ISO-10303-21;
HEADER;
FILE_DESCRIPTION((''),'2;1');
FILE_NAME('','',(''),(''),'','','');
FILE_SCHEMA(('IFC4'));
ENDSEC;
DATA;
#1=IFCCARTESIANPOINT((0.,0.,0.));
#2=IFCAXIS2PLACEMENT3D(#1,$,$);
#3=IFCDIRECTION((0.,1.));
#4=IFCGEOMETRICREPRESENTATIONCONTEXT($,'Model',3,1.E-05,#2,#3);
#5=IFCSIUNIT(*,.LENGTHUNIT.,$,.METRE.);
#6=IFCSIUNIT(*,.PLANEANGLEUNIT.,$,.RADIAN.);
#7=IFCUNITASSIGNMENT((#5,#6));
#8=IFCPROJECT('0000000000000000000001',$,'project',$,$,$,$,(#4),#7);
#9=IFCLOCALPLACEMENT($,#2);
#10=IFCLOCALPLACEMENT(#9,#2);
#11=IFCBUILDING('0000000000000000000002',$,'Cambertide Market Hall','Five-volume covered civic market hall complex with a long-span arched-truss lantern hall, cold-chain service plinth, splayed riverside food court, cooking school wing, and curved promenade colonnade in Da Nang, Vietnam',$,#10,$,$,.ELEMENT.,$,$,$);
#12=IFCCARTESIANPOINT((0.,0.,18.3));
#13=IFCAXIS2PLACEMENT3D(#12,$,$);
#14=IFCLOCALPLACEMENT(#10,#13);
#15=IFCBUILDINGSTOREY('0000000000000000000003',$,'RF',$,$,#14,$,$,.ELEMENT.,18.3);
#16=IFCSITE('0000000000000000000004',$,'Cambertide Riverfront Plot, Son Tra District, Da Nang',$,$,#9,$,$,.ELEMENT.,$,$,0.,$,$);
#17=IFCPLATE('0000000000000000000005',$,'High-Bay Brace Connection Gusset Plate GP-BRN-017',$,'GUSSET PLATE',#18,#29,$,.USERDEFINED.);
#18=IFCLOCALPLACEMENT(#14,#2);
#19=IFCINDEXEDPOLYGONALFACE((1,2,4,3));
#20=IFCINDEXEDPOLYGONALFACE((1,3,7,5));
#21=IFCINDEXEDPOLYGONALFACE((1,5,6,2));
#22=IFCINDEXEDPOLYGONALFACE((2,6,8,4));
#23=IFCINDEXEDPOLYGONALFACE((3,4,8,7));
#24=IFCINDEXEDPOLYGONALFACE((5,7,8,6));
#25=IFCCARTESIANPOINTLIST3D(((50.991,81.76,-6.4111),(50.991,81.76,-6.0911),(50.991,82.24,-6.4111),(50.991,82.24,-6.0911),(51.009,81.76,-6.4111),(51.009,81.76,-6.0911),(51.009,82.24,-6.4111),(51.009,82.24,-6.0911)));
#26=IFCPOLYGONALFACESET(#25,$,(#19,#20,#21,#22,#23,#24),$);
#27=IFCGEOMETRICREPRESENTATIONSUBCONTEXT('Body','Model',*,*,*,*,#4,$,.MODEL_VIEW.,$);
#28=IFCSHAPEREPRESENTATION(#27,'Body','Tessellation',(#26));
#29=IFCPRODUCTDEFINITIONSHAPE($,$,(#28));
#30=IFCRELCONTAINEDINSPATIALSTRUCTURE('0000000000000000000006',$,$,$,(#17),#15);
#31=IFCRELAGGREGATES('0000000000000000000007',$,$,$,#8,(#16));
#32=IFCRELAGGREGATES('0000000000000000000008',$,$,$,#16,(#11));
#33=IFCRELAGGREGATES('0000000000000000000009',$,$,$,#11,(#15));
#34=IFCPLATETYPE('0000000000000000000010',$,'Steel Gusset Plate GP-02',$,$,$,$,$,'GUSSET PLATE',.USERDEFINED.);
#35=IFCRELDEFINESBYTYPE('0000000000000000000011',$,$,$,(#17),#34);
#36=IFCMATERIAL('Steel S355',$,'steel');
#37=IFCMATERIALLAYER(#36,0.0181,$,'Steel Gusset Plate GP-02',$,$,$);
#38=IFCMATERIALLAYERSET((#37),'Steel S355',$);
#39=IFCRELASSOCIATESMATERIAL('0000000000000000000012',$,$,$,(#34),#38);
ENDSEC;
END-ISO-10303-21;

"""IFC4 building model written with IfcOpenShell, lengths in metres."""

from ifc_helpers import new_model, si_unit, direction, frame, origin, origin_2d, place, context, subcontext, project, spatial, rectangle, extrude, material, layer, layer_set, type_object, element, save


model = new_model("IFC4")

# Units and contexts
model_context = context("Model", 3, precision=1e-05, world=origin(), true_north=direction((0.0, 1.0)))
body_context = subcontext(model_context, "Body", "Model", "MODEL_VIEW")
ifc_project = project(units=[si_unit("LENGTHUNIT", "METRE"), si_unit("PLANEANGLEUNIT", "RADIAN")], contexts=[model_context])

# Site, building, storey
site_placement = place(None, origin())
site = spatial("IfcSite", under=ifc_project, at=site_placement, Name="Cambertide Riverfront Plot, Son Tra District, Da Nang", CompositionType="ELEMENT", RefElevation=0.0)
building_placement = place(site_placement, origin())
building = spatial("IfcBuilding", under=site, at=building_placement, Name="Cambertide Market Hall", Description="Five-volume covered civic market hall complex with a long-span arched-truss lantern hall, cold-chain service plinth, splayed riverside food court, cooking school wing, and curved promenade colonnade in Da Nang, Vietnam", CompositionType="ELEMENT")
storey_placement = place(building_placement, frame((0.0, 0.0, 18.3)))
storey = spatial("IfcBuildingStorey", under=building, at=storey_placement, Name="RF", CompositionType="ELEMENT", Elevation=18.3)

# Plate
ifc_material_1 = material(Name="Steel S355", Category="steel")
ifc_layer_1 = layer(ifc_material_1, 0.0181, Name="Steel Gusset Plate GP-02")
ifc_layer_set_1 = layer_set([ifc_layer_1], Name="Steel S355")
plate_type_1 = type_object("IfcPlateType", Name="Steel Gusset Plate GP-02", ElementType="GUSSET PLATE", PredefinedType="USERDEFINED", material=ifc_layer_set_1)
for number, where, z_axis, x_axis, name in (
    (1, (51.0, 82.0, -6.4111), (0.0, 0.0, 1.0), (0.0, 1.0, 0.0), "High-Bay Brace Connection Gusset Plate GP-BRN-017"),
):
    element("IfcPlate", number, at=place(storey_placement, frame(where, z_axis=z_axis, x_axis=x_axis)), inside=storey, type_object=plate_type_1, Name=name, ObjectType="GUSSET PLATE", PredefinedType="USERDEFINED", context=body_context, shape_type="SweptSolid", body=[
        extrude(rectangle(XDim=0.48, YDim=0.0181, at=origin_2d()), origin(), (0.0, 0.0, 1.0), 0.3201),
    ])

save(model, "model.ifc")
